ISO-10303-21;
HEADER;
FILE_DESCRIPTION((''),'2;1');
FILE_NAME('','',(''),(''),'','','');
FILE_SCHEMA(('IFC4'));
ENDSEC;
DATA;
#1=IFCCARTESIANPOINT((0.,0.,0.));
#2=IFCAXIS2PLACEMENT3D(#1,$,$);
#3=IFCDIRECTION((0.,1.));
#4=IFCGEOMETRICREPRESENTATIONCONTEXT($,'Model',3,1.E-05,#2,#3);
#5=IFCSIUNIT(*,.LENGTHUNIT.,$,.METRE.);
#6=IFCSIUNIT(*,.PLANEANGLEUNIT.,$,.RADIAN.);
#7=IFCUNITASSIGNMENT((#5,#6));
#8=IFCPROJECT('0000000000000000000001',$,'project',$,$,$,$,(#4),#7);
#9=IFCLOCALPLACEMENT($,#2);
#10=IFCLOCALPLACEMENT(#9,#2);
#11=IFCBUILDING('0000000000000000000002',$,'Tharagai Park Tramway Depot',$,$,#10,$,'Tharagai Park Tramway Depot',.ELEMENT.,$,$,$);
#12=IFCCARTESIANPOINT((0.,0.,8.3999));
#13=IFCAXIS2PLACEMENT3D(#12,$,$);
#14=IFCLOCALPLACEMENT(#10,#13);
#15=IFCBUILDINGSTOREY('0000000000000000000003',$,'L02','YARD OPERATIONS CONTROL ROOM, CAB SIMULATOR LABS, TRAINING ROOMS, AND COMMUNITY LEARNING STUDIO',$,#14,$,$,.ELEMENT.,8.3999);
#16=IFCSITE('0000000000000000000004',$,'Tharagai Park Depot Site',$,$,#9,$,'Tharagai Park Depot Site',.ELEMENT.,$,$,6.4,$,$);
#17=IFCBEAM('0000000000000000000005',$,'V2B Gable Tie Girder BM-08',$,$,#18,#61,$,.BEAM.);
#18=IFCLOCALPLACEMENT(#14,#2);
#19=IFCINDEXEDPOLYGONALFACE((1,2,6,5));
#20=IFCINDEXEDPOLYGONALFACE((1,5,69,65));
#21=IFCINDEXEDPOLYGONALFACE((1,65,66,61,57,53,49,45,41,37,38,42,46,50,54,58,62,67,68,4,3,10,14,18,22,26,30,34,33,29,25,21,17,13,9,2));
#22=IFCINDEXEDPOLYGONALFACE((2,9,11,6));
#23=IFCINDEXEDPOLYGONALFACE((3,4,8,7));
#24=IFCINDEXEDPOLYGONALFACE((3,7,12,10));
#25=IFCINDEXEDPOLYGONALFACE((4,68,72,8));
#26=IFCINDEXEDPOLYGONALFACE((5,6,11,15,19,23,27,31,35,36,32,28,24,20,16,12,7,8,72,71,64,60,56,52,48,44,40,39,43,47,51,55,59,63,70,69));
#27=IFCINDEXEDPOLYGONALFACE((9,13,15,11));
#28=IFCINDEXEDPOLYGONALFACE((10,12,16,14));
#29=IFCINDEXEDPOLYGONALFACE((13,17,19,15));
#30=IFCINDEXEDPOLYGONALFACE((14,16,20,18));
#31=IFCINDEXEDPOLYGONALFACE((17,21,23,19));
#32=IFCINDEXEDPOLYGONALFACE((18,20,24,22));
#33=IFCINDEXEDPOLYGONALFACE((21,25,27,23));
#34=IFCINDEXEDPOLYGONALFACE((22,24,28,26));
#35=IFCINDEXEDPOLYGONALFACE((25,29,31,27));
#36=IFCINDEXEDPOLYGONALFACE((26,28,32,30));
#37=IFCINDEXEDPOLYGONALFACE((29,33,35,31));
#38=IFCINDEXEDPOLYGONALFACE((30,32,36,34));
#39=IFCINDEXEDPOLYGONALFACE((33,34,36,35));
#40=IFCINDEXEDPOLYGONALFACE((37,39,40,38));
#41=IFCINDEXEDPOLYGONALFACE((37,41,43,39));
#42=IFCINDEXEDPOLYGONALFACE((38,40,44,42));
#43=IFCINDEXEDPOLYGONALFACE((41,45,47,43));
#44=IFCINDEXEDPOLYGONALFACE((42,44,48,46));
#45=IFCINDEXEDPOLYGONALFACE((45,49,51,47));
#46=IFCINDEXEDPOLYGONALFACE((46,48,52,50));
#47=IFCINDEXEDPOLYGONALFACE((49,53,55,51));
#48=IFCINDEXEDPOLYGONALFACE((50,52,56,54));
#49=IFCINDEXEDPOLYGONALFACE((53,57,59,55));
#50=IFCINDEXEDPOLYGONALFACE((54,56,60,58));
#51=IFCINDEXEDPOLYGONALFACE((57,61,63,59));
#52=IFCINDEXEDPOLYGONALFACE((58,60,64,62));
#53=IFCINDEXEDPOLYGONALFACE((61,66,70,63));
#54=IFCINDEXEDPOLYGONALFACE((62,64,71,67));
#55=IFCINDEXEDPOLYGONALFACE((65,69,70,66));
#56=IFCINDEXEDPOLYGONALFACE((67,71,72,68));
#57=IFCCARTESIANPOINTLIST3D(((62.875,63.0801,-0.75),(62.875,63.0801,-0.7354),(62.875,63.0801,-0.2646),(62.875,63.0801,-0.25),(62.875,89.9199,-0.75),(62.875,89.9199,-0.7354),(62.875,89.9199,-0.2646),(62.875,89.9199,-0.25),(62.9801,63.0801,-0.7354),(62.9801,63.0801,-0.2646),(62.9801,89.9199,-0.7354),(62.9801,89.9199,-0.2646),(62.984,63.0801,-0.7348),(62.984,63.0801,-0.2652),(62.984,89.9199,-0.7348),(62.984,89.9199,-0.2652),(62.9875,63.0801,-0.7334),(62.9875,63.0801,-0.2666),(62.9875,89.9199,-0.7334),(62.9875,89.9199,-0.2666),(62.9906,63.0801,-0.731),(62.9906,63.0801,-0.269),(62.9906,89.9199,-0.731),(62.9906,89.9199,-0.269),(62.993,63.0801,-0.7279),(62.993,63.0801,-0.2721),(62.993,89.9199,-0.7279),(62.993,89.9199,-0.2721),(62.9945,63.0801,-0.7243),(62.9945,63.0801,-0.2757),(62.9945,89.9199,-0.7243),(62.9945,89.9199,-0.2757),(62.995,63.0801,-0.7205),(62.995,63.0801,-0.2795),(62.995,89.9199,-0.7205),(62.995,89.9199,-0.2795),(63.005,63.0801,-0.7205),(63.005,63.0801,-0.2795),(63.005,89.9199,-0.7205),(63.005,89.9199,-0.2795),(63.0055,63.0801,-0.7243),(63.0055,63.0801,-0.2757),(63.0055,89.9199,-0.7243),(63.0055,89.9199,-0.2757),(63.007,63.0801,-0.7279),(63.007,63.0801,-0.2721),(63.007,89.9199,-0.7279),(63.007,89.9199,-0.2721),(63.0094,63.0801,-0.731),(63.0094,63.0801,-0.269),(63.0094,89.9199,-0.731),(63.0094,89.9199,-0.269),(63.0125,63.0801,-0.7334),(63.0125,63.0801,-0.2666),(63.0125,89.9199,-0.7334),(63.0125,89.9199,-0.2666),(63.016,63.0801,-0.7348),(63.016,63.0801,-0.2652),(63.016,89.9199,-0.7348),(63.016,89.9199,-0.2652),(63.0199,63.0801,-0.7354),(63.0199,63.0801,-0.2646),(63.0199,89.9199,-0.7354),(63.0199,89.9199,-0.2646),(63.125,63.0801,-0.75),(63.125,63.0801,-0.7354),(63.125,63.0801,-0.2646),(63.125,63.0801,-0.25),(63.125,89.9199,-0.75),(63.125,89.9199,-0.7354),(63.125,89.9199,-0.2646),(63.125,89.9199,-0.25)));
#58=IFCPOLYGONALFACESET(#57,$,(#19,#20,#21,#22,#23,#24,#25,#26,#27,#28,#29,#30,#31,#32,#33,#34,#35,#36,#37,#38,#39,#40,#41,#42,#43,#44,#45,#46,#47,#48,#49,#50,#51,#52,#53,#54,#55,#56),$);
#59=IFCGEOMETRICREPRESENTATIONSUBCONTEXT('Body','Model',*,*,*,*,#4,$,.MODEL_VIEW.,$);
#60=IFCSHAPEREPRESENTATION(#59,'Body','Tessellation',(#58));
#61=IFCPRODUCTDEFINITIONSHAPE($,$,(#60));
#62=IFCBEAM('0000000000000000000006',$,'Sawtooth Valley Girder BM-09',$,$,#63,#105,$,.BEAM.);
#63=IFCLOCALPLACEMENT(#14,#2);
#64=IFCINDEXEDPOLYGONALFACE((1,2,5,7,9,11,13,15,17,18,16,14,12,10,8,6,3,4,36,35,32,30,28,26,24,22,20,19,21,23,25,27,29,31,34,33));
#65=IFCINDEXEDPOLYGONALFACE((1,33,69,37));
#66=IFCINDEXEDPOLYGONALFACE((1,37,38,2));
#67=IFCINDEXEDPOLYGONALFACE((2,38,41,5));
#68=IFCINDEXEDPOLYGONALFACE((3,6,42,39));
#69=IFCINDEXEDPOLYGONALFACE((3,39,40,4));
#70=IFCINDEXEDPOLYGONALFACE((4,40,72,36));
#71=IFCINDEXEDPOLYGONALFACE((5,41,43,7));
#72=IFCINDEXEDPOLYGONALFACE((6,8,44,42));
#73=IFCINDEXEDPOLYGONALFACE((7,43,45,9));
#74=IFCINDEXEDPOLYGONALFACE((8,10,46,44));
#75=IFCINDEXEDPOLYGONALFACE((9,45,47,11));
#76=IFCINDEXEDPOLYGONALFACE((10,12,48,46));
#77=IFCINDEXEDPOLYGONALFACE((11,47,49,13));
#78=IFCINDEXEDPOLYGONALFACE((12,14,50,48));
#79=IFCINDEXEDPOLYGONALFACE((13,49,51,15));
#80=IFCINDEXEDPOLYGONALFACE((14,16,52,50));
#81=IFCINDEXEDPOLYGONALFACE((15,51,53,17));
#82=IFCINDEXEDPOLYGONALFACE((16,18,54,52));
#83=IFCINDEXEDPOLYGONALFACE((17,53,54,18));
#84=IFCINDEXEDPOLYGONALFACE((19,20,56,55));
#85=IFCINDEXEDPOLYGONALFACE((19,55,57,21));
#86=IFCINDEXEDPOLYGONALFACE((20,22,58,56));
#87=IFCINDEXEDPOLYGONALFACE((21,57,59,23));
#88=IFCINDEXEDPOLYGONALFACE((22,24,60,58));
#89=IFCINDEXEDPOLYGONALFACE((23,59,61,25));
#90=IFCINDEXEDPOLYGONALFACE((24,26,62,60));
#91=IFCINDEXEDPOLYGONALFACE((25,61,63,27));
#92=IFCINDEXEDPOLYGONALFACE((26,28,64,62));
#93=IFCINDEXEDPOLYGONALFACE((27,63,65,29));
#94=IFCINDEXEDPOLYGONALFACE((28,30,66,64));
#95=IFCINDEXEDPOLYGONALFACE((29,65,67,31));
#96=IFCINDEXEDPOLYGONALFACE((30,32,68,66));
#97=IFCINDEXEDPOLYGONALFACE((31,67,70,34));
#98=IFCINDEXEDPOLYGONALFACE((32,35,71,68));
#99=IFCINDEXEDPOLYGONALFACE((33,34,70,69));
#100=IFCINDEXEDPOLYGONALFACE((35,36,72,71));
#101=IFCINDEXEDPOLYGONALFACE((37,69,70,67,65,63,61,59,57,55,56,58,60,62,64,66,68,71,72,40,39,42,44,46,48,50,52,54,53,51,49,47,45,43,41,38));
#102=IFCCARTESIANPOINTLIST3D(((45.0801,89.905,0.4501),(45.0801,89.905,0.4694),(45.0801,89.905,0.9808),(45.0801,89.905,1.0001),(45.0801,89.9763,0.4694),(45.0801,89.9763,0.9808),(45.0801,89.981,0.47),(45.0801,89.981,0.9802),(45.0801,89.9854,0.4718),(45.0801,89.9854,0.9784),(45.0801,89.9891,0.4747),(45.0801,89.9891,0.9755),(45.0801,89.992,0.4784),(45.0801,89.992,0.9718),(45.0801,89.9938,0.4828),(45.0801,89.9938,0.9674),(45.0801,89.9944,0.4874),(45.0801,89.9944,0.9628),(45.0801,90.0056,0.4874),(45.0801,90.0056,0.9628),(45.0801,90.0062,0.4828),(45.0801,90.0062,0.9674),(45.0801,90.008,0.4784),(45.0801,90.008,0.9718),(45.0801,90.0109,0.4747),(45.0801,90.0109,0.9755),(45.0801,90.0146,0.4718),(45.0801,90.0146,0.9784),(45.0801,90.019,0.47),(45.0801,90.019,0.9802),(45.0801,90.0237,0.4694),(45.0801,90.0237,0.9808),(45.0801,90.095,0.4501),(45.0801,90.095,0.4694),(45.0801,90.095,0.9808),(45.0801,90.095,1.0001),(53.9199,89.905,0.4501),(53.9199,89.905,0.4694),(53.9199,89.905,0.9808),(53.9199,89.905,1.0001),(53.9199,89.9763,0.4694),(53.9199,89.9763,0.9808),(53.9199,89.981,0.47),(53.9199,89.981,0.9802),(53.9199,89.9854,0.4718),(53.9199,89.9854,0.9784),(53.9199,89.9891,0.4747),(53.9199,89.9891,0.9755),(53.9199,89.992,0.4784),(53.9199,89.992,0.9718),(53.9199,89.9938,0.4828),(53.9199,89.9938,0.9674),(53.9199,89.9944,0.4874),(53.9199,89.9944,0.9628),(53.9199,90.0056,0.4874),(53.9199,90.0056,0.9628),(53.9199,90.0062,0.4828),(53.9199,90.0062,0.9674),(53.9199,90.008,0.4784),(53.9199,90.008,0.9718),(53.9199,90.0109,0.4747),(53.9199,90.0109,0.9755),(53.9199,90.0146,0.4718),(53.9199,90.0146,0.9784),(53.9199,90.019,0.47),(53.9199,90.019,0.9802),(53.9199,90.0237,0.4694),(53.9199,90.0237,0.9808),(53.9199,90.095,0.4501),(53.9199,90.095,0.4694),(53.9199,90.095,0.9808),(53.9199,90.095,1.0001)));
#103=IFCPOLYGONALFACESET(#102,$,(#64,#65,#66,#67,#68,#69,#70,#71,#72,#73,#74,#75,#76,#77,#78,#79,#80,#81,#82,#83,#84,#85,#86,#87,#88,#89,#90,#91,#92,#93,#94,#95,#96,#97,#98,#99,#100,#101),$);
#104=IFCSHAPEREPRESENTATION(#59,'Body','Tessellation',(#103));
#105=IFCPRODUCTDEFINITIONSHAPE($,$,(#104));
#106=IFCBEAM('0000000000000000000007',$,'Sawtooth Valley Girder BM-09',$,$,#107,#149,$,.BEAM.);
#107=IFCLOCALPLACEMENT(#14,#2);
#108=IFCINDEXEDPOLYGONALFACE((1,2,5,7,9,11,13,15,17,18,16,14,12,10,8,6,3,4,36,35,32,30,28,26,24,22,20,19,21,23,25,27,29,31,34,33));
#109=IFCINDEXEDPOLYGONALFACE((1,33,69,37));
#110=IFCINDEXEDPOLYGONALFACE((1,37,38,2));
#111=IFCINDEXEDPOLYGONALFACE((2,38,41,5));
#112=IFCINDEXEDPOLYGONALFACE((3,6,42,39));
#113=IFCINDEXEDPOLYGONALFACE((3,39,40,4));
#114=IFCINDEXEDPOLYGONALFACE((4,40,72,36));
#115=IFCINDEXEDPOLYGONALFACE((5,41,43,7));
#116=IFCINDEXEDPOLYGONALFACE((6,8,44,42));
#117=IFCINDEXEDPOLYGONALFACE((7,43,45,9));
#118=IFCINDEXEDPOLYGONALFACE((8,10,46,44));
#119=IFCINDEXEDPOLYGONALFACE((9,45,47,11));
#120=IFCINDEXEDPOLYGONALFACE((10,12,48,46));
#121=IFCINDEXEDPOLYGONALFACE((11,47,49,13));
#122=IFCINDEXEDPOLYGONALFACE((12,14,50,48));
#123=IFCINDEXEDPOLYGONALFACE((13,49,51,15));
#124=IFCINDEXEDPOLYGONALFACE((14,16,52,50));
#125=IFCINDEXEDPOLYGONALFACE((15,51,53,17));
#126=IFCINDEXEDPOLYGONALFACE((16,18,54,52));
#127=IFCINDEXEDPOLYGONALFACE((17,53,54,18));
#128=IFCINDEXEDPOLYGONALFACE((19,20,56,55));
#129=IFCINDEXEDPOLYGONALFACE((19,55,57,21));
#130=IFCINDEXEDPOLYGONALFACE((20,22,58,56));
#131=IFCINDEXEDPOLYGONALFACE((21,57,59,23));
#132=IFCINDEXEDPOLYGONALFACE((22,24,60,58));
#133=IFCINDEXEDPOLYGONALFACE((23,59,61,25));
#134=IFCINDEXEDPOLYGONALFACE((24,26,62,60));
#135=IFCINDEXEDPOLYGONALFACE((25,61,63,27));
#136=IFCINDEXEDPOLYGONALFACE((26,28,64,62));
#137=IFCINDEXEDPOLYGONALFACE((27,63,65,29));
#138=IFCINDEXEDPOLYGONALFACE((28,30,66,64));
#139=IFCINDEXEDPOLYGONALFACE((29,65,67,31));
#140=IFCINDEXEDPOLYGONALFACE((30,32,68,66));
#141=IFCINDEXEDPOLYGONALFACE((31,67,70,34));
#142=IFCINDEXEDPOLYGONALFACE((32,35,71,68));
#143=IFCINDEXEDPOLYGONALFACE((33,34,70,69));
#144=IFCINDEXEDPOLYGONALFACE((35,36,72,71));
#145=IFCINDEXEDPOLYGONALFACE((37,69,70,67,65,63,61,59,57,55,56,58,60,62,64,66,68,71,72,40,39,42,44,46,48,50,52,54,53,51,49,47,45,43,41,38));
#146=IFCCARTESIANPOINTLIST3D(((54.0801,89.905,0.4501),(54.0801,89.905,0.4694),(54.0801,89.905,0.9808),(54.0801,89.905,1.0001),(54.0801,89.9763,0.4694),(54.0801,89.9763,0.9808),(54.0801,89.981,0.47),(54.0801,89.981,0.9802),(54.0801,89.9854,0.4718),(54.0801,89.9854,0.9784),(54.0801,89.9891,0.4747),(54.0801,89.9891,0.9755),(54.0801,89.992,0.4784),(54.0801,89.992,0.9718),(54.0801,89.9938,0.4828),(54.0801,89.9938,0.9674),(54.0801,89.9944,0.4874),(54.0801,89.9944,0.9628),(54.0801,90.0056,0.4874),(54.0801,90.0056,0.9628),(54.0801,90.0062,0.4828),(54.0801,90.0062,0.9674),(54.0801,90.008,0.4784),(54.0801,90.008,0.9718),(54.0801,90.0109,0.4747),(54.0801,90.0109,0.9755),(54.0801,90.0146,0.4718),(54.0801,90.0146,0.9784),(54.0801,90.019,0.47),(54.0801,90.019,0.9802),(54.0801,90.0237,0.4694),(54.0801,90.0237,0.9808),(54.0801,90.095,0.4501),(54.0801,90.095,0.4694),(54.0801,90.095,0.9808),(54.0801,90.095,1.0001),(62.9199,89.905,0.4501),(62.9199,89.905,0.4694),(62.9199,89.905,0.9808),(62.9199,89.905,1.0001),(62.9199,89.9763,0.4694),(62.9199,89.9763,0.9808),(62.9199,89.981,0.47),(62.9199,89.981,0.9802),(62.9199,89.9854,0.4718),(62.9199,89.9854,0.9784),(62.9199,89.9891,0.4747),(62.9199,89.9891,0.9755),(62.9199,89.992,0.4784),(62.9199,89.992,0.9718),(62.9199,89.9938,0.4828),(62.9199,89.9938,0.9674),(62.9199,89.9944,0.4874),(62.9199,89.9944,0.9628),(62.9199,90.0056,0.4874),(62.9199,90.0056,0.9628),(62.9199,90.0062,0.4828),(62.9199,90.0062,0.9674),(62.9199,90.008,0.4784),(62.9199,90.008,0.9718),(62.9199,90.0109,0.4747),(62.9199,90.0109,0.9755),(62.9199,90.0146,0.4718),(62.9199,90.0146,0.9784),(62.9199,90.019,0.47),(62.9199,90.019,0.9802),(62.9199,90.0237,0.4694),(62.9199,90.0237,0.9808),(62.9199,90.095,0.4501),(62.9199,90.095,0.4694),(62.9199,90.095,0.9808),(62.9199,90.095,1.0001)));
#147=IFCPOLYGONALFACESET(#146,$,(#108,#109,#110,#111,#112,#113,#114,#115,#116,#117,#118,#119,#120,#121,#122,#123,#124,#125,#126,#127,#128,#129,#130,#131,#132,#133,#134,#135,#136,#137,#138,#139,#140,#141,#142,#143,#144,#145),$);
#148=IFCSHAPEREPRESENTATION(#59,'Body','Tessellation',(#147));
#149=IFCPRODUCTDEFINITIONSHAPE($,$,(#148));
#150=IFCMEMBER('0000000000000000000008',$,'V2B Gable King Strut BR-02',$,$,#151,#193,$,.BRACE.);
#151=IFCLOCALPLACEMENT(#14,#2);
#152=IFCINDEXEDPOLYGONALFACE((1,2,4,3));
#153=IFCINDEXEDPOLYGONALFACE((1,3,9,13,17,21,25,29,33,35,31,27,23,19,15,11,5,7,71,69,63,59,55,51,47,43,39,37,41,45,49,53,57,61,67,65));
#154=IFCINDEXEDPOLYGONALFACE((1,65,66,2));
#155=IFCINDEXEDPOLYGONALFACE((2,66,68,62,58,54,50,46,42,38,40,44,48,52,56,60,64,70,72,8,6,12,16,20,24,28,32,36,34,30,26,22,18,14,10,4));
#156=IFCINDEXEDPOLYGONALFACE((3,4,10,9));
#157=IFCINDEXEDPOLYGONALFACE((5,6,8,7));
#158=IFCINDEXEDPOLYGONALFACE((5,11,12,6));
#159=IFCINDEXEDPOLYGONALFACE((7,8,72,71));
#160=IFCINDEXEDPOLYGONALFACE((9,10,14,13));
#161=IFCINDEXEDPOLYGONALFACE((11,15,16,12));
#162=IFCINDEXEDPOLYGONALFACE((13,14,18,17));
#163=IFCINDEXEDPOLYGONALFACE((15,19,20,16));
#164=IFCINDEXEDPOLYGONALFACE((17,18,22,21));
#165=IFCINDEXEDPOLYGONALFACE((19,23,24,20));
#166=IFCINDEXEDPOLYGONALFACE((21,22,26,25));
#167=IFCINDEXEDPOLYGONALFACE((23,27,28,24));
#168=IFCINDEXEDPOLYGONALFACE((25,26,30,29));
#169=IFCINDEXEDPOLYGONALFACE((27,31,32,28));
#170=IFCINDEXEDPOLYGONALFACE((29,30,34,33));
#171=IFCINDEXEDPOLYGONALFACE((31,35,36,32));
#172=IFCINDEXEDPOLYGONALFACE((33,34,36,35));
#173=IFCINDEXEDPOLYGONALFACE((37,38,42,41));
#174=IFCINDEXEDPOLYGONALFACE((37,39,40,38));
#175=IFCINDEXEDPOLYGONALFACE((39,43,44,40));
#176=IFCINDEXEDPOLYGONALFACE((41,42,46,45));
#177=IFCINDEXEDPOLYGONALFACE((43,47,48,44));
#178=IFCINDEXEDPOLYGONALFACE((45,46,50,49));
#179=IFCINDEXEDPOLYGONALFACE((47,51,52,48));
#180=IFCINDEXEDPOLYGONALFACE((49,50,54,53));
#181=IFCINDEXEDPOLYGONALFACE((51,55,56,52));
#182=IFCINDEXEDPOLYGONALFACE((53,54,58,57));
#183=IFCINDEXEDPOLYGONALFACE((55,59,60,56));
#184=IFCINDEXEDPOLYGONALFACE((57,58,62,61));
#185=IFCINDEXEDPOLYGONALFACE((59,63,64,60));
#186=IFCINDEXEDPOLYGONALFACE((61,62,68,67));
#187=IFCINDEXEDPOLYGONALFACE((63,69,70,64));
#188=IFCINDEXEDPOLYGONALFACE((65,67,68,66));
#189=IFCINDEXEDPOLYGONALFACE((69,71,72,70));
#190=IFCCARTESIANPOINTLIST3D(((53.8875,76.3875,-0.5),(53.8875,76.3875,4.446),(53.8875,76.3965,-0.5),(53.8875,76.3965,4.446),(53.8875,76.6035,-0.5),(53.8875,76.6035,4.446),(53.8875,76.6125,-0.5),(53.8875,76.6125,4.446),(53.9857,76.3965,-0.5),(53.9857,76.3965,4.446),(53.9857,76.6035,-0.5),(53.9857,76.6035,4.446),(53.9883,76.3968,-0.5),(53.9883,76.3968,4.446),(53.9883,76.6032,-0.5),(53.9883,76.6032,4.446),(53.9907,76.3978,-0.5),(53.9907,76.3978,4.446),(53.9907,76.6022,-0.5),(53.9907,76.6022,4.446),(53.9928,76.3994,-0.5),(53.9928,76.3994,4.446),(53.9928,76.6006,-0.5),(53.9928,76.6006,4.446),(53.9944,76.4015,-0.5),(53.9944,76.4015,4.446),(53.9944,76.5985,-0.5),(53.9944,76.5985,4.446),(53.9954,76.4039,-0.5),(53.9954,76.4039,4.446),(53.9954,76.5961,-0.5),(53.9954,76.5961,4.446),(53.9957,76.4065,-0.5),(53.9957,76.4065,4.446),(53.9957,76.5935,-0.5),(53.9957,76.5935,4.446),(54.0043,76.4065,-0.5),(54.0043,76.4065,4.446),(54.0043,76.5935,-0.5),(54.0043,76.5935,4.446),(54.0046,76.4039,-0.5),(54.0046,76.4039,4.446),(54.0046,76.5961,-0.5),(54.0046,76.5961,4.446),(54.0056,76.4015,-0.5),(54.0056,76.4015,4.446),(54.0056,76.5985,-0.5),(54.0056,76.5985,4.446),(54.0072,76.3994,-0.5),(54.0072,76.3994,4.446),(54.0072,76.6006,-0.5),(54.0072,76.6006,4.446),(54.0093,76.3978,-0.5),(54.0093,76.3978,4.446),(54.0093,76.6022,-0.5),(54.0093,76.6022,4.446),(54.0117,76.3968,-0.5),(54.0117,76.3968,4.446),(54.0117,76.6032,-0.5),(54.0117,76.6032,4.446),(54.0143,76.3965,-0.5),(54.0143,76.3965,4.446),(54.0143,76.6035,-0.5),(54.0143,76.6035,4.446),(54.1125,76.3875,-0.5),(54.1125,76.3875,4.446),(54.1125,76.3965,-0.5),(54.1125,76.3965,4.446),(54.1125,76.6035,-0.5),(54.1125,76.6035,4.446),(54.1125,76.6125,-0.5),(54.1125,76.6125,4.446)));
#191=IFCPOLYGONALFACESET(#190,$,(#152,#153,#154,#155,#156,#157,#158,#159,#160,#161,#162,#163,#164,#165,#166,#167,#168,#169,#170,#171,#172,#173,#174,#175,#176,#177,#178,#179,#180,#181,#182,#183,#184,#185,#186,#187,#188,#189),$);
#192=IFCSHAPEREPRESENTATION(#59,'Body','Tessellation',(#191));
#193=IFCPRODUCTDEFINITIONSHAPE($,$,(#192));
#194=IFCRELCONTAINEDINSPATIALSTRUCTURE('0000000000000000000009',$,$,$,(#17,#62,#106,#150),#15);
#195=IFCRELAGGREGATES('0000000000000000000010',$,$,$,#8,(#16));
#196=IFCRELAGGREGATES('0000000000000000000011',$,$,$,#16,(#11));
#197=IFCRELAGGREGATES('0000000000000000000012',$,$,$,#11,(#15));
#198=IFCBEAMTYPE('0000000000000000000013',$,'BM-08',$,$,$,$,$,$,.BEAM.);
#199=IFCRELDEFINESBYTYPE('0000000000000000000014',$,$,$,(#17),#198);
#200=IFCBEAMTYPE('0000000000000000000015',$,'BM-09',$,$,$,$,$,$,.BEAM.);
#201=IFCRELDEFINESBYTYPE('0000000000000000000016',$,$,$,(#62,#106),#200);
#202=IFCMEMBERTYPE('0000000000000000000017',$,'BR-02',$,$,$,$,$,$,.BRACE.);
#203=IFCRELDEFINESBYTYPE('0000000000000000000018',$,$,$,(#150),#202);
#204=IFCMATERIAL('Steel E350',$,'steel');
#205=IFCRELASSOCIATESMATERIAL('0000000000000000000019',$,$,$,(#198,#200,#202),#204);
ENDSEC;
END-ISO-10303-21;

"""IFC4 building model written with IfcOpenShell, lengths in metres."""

from ifc_helpers import new_model, si_unit, direction, frame, origin, origin_2d, place, context, subcontext, project, spatial, i_section, extrude, material, material_profile, profile_set, type_object, element, save


model = new_model("IFC4")

# Units and contexts
model_context = context("Model", 3, precision=1e-05, world=origin(), true_north=direction((0.0, 1.0)))
body_context = subcontext(model_context, "Body", "Model", "MODEL_VIEW")
ifc_project = project(units=[si_unit("LENGTHUNIT", "METRE"), si_unit("PLANEANGLEUNIT", "RADIAN")], contexts=[model_context])

# Site, building, storey
site_placement = place(None, origin())
site = spatial("IfcSite", under=ifc_project, at=site_placement, Name="Tharagai Park Depot Site", LongName="Tharagai Park Depot Site", CompositionType="ELEMENT", RefElevation=6.4)
building_placement = place(site_placement, origin())
building = spatial("IfcBuilding", under=site, at=building_placement, Name="Tharagai Park Tramway Depot", LongName="Tharagai Park Tramway Depot", CompositionType="ELEMENT")
storey_placement = place(building_placement, frame((0.0, 0.0, 8.3999)))
storey = spatial("IfcBuildingStorey", under=building, at=storey_placement, Name="L02", Description="YARD OPERATIONS CONTROL ROOM, CAB SIMULATOR LABS, TRAINING ROOMS, AND COMMUNITY LEARNING STUDIO", CompositionType="ELEMENT", Elevation=8.3999)

# Shared definitions
ifc_material_1 = material(Name="Steel E350", Category="steel")

# Beams
ifc_material_profile_1 = material_profile(ifc_material_1, i_section(OverallWidth=0.25, OverallDepth=0.5, WebThickness=0.01, FlangeThickness=0.0146, FilletRadius=0.0149, at=origin_2d()), Name="ISWB 500")
ifc_profile_set_1 = profile_set([ifc_material_profile_1], Name="Steel E350")
beam_type_1 = type_object("IfcBeamType", Name="BM-08", PredefinedType="BEAM", material=ifc_profile_set_1)
for number, where, z_axis, x_axis, name in (
    (1, (63.0, 63.0801, -0.5), (0.0, 1.0, 0.0), (-1.0, 0.0, 0.0), "V2B Gable Tie Girder BM-08"),
):
    element("IfcBeam", number, at=place(storey_placement, frame(where, z_axis=z_axis, x_axis=x_axis)), inside=storey, type_object=beam_type_1, Name=name, PredefinedType="BEAM", context=body_context, shape_type="SweptSolid", body=[
        extrude(i_section(OverallWidth=0.25, OverallDepth=0.5, WebThickness=0.01, FlangeThickness=0.0146, FilletRadius=0.0149, at=origin_2d()), origin(), (0.0, 0.0, 1.0), 26.8398),
    ])
ifc_material_profile_2 = material_profile(ifc_material_1, i_section(OverallWidth=0.1899, OverallDepth=0.55, WebThickness=0.0112, FlangeThickness=0.0193, FilletRadius=0.0181, at=origin_2d()), Name="ISMB 550")
ifc_profile_set_2 = profile_set([ifc_material_profile_2], Name="Steel E350")
beam_type_2 = type_object("IfcBeamType", Name="BM-09", PredefinedType="BEAM", material=ifc_profile_set_2)
for number, where, z_axis, x_axis, name in (
    (2, (45.0801, 90.0, 0.7251), (1.0, 0.0, 0.0), (0.0, 1.0, 0.0), "Sawtooth Valley Girder BM-09"),
    (3, (54.0801, 90.0, 0.7251), (1.0, 0.0, 0.0), (0.0, 1.0, 0.0), "Sawtooth Valley Girder BM-09"),
):
    element("IfcBeam", number, at=place(storey_placement, frame(where, z_axis=z_axis, x_axis=x_axis)), inside=storey, type_object=beam_type_2, Name=name, PredefinedType="BEAM", context=body_context, shape_type="SweptSolid", body=[
        extrude(i_section(OverallWidth=0.1899, OverallDepth=0.55, WebThickness=0.0112, FlangeThickness=0.0193, FilletRadius=0.0181, at=origin_2d()), origin(), (0.0, 0.0, 1.0), 8.8398),
    ])

# Member
ifc_material_profile_3 = material_profile(ifc_material_1, i_section(OverallWidth=0.2251, OverallDepth=0.2251, WebThickness=0.0085, FlangeThickness=0.009, FilletRadius=0.01, at=origin_2d()), Name="ISHB 225")
ifc_profile_set_3 = profile_set([ifc_material_profile_3], Name="Steel E350")
member_type_1 = type_object("IfcMemberType", Name="BR-02", PredefinedType="BRACE", material=ifc_profile_set_3)
for number, where, z_axis, x_axis, name in (
    (4, (54.0, 76.5, -0.5), (0.0, 0.0, 1.0), (1.0, 0.0, 0.0), "V2B Gable King Strut BR-02"),
):
    element("IfcMember", number, at=place(storey_placement, frame(where, z_axis=z_axis, x_axis=x_axis)), inside=storey, type_object=member_type_1, Name=name, PredefinedType="BRACE", context=body_context, shape_type="SweptSolid", body=[
        extrude(i_section(OverallWidth=0.2251, OverallDepth=0.2251, WebThickness=0.0085, FlangeThickness=0.009, FilletRadius=0.01, at=origin_2d()), origin(), (0.0, 0.0, 1.0), 4.946),
    ])

save(model, "model.ifc")
